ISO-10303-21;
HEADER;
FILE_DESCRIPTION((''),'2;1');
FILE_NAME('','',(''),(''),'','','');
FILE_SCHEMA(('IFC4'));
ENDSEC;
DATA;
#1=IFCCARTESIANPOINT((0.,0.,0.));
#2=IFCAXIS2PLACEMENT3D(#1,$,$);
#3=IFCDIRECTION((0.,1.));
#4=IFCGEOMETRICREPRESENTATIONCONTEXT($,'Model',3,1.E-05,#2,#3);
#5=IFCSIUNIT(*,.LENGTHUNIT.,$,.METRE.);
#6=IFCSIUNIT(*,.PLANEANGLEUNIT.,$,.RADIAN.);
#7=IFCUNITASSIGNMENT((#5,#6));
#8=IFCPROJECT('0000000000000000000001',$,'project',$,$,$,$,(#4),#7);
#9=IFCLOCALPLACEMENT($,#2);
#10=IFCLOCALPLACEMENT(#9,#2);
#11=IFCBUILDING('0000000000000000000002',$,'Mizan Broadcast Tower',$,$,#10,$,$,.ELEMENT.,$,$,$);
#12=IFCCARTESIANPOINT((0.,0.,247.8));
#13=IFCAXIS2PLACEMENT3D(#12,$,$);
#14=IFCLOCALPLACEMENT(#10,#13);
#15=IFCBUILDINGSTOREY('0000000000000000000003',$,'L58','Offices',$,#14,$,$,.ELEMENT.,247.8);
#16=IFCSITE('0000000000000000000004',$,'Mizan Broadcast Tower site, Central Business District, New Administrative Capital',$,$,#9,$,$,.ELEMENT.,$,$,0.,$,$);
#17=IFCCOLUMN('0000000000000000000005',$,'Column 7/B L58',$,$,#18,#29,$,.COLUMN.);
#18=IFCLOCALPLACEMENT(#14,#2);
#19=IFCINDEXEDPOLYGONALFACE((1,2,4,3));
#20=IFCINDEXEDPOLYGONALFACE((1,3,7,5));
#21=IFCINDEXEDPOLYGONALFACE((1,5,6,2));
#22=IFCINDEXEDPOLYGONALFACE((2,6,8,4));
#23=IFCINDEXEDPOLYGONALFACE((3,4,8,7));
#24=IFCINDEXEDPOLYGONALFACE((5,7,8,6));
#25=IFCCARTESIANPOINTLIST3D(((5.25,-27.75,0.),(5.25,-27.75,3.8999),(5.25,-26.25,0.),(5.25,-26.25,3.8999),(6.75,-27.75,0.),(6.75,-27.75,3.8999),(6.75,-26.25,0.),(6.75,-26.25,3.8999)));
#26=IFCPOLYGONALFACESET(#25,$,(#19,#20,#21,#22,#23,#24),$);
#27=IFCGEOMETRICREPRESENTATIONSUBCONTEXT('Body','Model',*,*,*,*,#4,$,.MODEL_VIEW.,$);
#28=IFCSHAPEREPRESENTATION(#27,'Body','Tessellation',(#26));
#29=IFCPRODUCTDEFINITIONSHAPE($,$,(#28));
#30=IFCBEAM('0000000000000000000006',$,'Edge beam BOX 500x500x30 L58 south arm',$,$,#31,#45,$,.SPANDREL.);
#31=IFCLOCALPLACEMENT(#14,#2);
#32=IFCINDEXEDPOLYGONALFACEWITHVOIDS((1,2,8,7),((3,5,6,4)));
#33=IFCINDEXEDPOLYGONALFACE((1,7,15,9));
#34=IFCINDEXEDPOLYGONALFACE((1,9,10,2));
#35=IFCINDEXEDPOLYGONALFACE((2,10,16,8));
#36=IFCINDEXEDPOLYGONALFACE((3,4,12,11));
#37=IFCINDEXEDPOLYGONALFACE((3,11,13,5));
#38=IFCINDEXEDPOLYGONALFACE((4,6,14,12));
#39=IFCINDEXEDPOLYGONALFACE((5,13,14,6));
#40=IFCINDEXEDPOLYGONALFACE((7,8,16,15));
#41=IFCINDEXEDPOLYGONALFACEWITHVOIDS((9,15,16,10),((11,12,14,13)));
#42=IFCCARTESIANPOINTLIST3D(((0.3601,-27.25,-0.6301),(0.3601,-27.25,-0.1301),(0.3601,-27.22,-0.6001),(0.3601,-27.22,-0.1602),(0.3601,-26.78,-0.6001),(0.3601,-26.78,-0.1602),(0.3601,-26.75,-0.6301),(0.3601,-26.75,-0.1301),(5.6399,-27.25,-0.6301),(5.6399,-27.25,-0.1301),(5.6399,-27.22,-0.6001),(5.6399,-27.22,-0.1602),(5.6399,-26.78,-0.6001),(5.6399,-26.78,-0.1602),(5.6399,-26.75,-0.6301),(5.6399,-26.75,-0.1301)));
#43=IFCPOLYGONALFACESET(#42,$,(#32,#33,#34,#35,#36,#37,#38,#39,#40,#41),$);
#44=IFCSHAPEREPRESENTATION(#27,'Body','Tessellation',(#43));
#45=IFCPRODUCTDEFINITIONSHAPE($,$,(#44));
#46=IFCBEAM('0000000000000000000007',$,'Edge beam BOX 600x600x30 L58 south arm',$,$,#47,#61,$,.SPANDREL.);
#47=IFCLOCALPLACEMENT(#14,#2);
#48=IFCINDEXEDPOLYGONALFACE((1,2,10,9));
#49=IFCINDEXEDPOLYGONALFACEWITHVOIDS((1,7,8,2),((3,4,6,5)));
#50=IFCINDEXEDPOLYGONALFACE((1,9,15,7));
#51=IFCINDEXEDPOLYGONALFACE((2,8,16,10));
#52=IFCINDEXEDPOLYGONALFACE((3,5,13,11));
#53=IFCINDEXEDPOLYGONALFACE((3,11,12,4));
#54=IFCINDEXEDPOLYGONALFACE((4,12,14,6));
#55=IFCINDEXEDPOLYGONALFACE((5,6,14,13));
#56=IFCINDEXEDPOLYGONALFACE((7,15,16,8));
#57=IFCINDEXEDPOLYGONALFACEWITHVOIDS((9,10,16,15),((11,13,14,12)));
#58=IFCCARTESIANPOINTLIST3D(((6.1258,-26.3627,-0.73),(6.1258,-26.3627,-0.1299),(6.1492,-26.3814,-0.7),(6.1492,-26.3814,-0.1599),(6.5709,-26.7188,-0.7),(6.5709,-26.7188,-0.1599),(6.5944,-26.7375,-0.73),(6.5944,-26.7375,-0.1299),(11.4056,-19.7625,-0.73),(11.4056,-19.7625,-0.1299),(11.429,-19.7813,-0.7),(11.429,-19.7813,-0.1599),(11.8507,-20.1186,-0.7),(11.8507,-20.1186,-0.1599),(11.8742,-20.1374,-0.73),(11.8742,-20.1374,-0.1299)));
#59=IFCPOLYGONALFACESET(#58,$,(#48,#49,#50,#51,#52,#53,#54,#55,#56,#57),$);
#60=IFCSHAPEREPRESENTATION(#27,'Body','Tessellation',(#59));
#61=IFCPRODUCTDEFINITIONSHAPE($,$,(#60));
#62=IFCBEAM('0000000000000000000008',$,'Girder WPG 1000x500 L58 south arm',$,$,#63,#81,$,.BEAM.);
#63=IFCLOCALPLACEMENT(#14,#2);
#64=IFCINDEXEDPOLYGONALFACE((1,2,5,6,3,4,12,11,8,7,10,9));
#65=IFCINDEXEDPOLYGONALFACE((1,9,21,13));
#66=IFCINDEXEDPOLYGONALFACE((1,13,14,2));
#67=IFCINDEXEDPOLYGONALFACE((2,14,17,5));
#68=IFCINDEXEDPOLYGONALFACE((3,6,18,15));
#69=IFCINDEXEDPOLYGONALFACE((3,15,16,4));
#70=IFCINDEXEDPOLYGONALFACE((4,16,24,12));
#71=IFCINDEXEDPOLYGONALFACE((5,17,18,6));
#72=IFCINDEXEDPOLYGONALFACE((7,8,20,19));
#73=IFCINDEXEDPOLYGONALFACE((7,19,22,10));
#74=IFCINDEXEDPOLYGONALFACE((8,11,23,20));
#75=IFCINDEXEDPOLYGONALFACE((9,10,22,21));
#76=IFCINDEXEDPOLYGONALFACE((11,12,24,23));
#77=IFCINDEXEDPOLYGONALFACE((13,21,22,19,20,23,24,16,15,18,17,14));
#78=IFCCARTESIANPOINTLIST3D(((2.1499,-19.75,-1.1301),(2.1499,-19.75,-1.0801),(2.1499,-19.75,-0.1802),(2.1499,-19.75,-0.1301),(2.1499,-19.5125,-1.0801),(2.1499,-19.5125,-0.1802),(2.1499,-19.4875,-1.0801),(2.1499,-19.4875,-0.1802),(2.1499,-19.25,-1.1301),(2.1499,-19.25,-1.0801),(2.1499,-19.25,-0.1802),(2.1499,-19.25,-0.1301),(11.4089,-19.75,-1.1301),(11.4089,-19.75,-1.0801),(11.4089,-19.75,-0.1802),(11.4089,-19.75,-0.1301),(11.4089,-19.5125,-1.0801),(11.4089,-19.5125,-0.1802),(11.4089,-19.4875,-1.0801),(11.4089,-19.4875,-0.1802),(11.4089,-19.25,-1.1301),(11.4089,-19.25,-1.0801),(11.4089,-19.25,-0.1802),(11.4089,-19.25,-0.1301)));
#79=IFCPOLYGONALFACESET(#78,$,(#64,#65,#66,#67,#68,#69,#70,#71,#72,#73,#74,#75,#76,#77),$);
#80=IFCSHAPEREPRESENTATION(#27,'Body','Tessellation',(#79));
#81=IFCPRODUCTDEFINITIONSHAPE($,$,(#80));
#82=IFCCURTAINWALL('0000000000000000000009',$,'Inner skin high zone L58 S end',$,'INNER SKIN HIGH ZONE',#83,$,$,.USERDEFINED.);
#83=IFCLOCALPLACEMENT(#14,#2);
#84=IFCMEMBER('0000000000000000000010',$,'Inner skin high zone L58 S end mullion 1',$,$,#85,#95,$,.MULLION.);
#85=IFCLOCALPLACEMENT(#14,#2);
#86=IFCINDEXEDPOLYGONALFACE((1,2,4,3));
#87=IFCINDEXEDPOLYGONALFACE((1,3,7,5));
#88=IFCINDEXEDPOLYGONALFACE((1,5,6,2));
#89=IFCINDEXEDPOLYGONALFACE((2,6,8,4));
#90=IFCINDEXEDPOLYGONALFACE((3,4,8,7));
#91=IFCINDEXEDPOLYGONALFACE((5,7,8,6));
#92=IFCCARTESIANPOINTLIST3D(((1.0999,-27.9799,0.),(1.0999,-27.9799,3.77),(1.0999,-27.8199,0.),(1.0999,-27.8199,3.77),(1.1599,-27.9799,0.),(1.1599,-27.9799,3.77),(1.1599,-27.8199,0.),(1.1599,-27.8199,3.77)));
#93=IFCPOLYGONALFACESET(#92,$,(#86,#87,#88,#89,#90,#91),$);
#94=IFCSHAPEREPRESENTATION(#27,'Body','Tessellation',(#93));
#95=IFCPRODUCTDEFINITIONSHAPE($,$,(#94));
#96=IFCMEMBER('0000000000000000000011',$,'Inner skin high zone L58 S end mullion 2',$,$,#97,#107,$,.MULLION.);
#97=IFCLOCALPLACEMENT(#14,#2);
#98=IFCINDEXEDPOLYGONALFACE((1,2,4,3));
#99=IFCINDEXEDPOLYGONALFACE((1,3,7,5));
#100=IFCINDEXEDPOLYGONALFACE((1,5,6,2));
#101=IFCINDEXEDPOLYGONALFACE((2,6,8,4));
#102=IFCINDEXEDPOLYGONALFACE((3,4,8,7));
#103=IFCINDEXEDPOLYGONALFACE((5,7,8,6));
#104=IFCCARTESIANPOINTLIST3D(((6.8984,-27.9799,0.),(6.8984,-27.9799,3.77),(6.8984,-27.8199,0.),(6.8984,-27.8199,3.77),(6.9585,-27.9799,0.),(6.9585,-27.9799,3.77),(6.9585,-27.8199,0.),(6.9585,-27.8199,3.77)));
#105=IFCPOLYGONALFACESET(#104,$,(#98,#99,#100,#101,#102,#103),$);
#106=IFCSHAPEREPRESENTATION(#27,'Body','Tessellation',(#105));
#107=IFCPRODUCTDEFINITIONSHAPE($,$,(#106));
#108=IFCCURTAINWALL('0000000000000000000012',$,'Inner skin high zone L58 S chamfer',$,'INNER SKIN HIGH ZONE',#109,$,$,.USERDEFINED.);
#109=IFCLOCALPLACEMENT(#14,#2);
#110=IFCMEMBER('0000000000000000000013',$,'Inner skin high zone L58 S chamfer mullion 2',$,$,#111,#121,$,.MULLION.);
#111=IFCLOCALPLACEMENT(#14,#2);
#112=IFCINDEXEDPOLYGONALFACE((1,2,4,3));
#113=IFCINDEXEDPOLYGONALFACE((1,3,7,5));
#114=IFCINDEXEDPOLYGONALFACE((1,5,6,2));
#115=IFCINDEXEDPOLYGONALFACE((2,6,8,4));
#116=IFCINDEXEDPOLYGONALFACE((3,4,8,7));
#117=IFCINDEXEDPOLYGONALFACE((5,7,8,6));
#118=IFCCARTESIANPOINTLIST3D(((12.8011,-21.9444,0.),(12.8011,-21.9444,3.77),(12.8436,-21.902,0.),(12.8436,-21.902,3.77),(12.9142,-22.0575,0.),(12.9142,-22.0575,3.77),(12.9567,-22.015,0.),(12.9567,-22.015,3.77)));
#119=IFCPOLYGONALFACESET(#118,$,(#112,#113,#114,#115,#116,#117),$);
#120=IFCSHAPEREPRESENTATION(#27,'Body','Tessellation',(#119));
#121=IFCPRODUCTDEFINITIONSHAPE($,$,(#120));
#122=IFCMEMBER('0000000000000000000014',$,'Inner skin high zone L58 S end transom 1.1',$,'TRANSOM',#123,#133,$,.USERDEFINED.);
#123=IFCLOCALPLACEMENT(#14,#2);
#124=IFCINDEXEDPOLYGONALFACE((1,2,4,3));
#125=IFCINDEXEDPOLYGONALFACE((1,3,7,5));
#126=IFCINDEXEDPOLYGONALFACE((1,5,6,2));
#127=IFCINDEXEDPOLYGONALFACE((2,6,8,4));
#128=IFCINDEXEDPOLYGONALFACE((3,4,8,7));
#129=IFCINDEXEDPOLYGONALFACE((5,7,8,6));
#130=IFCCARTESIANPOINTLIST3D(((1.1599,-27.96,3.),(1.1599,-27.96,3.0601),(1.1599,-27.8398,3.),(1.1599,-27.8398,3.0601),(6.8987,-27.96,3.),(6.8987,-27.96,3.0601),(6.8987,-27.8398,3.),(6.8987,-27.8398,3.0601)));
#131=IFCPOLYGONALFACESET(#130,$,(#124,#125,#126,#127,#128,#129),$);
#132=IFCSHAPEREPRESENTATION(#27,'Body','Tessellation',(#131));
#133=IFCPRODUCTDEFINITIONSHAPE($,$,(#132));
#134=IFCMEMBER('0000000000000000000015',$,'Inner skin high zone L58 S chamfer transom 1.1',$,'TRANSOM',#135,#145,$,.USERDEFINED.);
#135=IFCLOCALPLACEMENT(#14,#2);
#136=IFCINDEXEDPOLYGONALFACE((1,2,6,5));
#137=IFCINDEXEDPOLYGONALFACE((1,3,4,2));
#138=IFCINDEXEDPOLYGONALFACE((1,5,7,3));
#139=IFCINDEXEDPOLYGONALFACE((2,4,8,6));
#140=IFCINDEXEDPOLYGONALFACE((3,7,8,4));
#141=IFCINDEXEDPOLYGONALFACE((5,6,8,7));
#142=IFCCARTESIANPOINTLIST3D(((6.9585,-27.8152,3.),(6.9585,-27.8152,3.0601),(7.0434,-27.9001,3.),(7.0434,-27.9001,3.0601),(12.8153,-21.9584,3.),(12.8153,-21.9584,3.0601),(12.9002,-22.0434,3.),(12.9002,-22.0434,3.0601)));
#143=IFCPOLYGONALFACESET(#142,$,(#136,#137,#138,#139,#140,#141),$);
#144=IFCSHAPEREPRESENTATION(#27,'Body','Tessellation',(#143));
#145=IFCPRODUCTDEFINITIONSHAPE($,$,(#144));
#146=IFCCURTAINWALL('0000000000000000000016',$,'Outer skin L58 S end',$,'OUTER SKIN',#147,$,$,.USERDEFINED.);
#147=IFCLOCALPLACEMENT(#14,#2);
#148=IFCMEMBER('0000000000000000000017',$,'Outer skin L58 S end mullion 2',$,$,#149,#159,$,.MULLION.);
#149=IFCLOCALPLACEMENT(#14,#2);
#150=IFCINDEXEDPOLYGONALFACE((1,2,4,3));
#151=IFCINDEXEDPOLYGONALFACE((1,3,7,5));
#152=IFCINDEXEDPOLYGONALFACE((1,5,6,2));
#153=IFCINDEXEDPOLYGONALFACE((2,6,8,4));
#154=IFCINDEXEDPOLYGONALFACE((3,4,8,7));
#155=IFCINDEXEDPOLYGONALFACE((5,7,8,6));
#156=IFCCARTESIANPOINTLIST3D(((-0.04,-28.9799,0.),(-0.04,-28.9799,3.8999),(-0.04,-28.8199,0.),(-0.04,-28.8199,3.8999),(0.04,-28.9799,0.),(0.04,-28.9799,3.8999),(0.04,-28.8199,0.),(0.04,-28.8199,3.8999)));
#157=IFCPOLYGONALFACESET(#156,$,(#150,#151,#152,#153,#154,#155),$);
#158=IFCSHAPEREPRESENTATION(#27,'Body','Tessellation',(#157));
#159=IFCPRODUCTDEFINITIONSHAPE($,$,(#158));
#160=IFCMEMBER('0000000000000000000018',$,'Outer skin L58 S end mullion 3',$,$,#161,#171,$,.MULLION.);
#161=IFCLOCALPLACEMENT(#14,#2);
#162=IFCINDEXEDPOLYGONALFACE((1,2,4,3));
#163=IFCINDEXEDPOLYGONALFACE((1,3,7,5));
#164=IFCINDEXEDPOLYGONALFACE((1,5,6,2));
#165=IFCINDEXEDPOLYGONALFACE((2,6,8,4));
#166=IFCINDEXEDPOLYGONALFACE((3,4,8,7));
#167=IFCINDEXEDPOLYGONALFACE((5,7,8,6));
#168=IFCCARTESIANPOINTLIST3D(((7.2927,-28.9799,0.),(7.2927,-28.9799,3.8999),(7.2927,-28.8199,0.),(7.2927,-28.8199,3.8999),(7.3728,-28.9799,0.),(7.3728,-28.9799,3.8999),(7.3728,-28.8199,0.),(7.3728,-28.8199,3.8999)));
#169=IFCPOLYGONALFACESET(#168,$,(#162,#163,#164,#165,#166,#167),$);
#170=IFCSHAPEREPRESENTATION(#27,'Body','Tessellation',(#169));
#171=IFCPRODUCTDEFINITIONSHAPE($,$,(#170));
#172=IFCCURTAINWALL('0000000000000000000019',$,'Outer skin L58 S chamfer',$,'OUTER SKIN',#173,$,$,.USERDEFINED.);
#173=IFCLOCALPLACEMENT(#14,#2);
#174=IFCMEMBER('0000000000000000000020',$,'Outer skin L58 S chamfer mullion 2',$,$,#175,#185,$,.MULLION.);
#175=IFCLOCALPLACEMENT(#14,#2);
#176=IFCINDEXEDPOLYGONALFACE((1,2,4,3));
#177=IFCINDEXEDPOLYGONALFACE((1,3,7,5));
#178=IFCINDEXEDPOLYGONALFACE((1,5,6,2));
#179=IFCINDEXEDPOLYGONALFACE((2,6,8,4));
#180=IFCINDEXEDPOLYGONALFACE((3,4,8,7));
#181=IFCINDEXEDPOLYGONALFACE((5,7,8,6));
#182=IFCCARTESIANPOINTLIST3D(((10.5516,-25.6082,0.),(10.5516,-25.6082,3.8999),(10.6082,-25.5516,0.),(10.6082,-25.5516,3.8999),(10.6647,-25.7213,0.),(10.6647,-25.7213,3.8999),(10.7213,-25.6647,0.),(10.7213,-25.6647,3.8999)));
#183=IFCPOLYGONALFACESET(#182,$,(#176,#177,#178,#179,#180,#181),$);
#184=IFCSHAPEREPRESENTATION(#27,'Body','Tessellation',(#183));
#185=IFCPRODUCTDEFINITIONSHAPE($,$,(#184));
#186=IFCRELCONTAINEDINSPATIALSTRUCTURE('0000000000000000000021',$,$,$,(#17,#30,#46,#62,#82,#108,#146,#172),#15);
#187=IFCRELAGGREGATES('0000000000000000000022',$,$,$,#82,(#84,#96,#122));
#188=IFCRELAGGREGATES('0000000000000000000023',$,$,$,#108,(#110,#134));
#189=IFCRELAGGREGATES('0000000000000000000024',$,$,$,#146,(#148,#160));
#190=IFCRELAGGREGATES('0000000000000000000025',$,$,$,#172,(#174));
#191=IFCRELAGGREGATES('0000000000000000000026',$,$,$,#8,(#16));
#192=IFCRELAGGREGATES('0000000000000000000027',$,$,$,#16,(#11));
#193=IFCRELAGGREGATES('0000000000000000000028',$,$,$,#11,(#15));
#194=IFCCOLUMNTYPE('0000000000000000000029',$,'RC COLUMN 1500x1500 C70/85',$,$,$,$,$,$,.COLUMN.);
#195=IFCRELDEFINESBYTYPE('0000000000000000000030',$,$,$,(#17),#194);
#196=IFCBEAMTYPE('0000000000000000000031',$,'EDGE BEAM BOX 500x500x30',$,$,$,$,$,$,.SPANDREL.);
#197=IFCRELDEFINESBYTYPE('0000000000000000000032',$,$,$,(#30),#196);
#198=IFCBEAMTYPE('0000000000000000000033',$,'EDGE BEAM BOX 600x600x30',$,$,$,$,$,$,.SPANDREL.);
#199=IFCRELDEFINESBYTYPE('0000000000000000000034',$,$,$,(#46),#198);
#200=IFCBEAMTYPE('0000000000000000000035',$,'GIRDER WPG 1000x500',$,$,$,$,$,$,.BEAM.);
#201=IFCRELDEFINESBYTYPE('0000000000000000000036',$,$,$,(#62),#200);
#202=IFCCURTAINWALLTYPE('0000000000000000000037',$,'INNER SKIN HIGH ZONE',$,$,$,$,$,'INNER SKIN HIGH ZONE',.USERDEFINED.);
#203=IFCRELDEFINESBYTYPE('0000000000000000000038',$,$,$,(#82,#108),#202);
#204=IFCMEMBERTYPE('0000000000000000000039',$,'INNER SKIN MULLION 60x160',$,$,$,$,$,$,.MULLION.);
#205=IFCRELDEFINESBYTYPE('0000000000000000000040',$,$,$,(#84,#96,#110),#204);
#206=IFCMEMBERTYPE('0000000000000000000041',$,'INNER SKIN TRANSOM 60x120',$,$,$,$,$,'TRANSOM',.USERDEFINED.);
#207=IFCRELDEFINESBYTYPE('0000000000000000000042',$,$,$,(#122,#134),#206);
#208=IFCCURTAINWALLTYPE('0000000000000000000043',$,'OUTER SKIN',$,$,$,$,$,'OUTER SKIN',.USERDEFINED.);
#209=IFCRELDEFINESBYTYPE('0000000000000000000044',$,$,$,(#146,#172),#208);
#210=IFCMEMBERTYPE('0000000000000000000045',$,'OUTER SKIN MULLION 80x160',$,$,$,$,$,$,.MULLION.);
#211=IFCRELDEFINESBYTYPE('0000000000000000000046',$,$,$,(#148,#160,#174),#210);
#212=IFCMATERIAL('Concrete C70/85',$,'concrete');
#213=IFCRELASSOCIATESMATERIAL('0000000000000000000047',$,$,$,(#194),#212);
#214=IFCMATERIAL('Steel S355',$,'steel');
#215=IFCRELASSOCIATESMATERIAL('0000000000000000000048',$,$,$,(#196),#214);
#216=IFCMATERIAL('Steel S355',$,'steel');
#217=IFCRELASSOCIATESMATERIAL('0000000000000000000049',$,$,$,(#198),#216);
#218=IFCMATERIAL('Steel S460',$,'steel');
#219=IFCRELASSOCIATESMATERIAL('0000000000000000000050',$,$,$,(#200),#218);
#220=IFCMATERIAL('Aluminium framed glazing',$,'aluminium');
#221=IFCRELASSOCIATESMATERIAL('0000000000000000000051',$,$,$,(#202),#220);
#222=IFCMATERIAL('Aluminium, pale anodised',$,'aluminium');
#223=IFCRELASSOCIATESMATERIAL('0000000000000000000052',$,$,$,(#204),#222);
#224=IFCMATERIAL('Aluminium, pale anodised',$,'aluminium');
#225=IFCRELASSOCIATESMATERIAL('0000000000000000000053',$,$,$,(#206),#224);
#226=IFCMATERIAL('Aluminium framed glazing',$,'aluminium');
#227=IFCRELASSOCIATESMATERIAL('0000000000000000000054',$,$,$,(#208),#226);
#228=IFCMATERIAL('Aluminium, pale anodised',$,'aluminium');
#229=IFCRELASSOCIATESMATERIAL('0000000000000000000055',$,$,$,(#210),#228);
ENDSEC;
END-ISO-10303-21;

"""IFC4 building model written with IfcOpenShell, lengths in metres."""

from ifc_helpers import new_model, si_unit, direction, frame, origin, origin_2d, place, context, subcontext, project, spatial, rectangle, hollow_rectangle, i_section, extrude, material, material_profile, profile_set, type_object, element, aggregate, save


model = new_model("IFC4")

# Units and contexts
model_context = context("Model", 3, precision=1e-05, world=origin(), true_north=direction((0.0, 1.0)))
body_context = subcontext(model_context, "Body", "Model", "MODEL_VIEW")
ifc_project = project(units=[si_unit("LENGTHUNIT", "METRE"), si_unit("PLANEANGLEUNIT", "RADIAN")], contexts=[model_context])

# Site, building, storey
site_placement = place(None, origin())
site = spatial("IfcSite", under=ifc_project, at=site_placement, Name="Mizan Broadcast Tower site, Central Business District, New Administrative Capital", CompositionType="ELEMENT", RefElevation=0.0)
building_placement = place(site_placement, origin())
building = spatial("IfcBuilding", under=site, at=building_placement, Name="Mizan Broadcast Tower", CompositionType="ELEMENT")
storey_placement = place(building_placement, frame((0.0, 0.0, 247.8)))
storey = spatial("IfcBuildingStorey", under=building, at=storey_placement, Name="L58", Description="Offices", CompositionType="ELEMENT", Elevation=247.8)

# Column
ifc_material_1 = material(Name="Concrete C70/85", Category="concrete")
ifc_material_profile_1 = material_profile(ifc_material_1, rectangle(XDim=1.5, YDim=1.5, at=origin_2d()), Name="RC 1500x1500")
ifc_profile_set_1 = profile_set([ifc_material_profile_1], Name="Concrete C70/85")
column_type = type_object("IfcColumnType", Name="RC COLUMN 1500x1500 C70/85", PredefinedType="COLUMN", material=ifc_profile_set_1)
column_placement = place(storey_placement, frame((6.0, -27.0, 0.0), z_axis=(0.0, 0.0, 1.0), x_axis=(1.0, 0.0, 0.0)))
element("IfcColumn", 1, at=column_placement, inside=storey, type_object=column_type, Name="Column 7/B L58", PredefinedType="COLUMN", context=body_context, shape_type="SweptSolid", body=[
    extrude(rectangle(XDim=1.5, YDim=1.5, at=origin_2d()), origin(), (0.0, 0.0, 1.0), 3.8999),
])

# Beams
ifc_material_2 = material(Name="Steel S355", Category="steel")
ifc_material_profile_2 = material_profile(ifc_material_2, hollow_rectangle(XDim=0.5, YDim=0.5, WallThickness=0.03, at=origin_2d()), Name="BOX 500x500x30")
ifc_profile_set_2 = profile_set([ifc_material_profile_2], Name="Steel S355")
beam_type_1 = type_object("IfcBeamType", Name="EDGE BEAM BOX 500x500x30", PredefinedType="SPANDREL", material=ifc_profile_set_2)
beam_1_placement = place(storey_placement, frame((5.6399, -27.0, -0.3801), z_axis=(-1.0, 0.0, 0.0), x_axis=(0.0, -1.0, 0.0)))
element("IfcBeam", 2, at=beam_1_placement, inside=storey, type_object=beam_type_1, Name="Edge beam BOX 500x500x30 L58 south arm", PredefinedType="SPANDREL", context=body_context, shape_type="SweptSolid", body=[
    extrude(hollow_rectangle(XDim=0.5, YDim=0.5, WallThickness=0.03, at=origin_2d()), origin(), (0.0, 0.0, 1.0), 5.2798),
])
ifc_material_3 = material(Name="Steel S355", Category="steel")
ifc_material_profile_3 = material_profile(ifc_material_3, hollow_rectangle(XDim=0.6001, YDim=0.6001, WallThickness=0.03, at=origin_2d()), Name="BOX 600x600x30")
ifc_profile_set_3 = profile_set([ifc_material_profile_3], Name="Steel S355")
beam_type_2 = type_object("IfcBeamType", Name="EDGE BEAM BOX 600x600x30", PredefinedType="SPANDREL", material=ifc_profile_set_3)
beam_2_placement = place(storey_placement, frame((11.6399, -19.95, -0.4299), z_axis=(-0.624674, -0.780886, 0.0), x_axis=(0.780886, -0.624674, 0.0)))
element("IfcBeam", 3, at=beam_2_placement, inside=storey, type_object=beam_type_2, Name="Edge beam BOX 600x600x30 L58 south arm", PredefinedType="SPANDREL", context=body_context, shape_type="SweptSolid", body=[
    extrude(hollow_rectangle(XDim=0.6001, YDim=0.6001, WallThickness=0.03, at=origin_2d()), origin(), (0.0, 0.0, 1.0), 8.4521),
])
ifc_material_4 = material(Name="Steel S460", Category="steel")
ifc_material_profile_4 = material_profile(ifc_material_4, i_section(OverallWidth=0.5, OverallDepth=1.0, WebThickness=0.0249, FlangeThickness=0.05, at=origin_2d()), Name="WPG 1000x500")
ifc_profile_set_4 = profile_set([ifc_material_profile_4], Name="Steel S460")
beam_type_3 = type_object("IfcBeamType", Name="GIRDER WPG 1000x500", PredefinedType="BEAM", material=ifc_profile_set_4)
beam_3_placement = place(storey_placement, frame((11.4089, -19.5, -0.6301), z_axis=(-1.0, 0.0, 0.0), x_axis=(0.0, -1.0, 0.0)))
element("IfcBeam", 4, at=beam_3_placement, inside=storey, type_object=beam_type_3, Name="Girder WPG 1000x500 L58 south arm", PredefinedType="BEAM", context=body_context, shape_type="SweptSolid", body=[
    extrude(i_section(OverallWidth=0.5, OverallDepth=1.0, WebThickness=0.0249, FlangeThickness=0.05, at=origin_2d()), origin(), (0.0, 0.0, 1.0), 9.259),
])

# Curtain wall, members
ifc_material_5 = material(Name="Aluminium framed glazing", Category="aluminium")
curtain_wall_type_1 = type_object("IfcCurtainWallType", Name="INNER SKIN HIGH ZONE", ElementType="INNER SKIN HIGH ZONE", PredefinedType="USERDEFINED", material=ifc_material_5)
curtain_wall_1_placement = place(storey_placement, origin())
curtain_wall_1 = element("IfcCurtainWall", 5, at=curtain_wall_1_placement, inside=storey, type_object=curtain_wall_type_1, Name="Inner skin high zone L58 S end", ObjectType="INNER SKIN HIGH ZONE", PredefinedType="USERDEFINED")
ifc_material_6 = material(Name="Aluminium, pale anodised", Category="aluminium")
ifc_material_profile_5 = material_profile(ifc_material_6, rectangle(XDim=0.1599, YDim=0.0601, at=origin_2d()), Name="MULLION 160x60")
ifc_profile_set_5 = profile_set([ifc_material_profile_5], Name="Aluminium, pale anodised")
member_type_1 = type_object("IfcMemberType", Name="INNER SKIN MULLION 60x160", PredefinedType="MULLION", material=ifc_profile_set_5)
member_1_placement = place(storey_placement, frame((1.1299, -27.8999, 0.0), z_axis=(0.0, 0.0, 1.0), x_axis=(0.0, 1.0, 0.0)))
member_1 = element("IfcMember", 6, at=member_1_placement, type_object=member_type_1, Name="Inner skin high zone L58 S end mullion 1", PredefinedType="MULLION", context=body_context, shape_type="SweptSolid", body=[
    extrude(rectangle(XDim=0.1599, YDim=0.0601, at=origin_2d()), origin(), (0.0, 0.0, 1.0), 3.77),
])
member_2_placement = place(storey_placement, frame((6.9285, -27.8999, 0.0), z_axis=(0.0, 0.0, 1.0), x_axis=(0.0, 1.0, 0.0)))
member_2 = element("IfcMember", 7, at=member_2_placement, type_object=member_type_1, Name="Inner skin high zone L58 S end mullion 2", PredefinedType="MULLION", context=body_context, shape_type="SweptSolid", body=[
    extrude(rectangle(XDim=0.1599, YDim=0.0601, at=origin_2d()), origin(), (0.0, 0.0, 1.0), 3.77),
])

# Curtain wall, member
curtain_wall_2_placement = place(storey_placement, origin())
curtain_wall_2 = element("IfcCurtainWall", 8, at=curtain_wall_2_placement, inside=storey, type_object=curtain_wall_type_1, Name="Inner skin high zone L58 S chamfer", ObjectType="INNER SKIN HIGH ZONE", PredefinedType="USERDEFINED")
member_3_placement = place(storey_placement, frame((12.8789, -21.9797, 0.0), z_axis=(0.0, 0.0, 1.0), x_axis=(-0.707107, 0.707107, 0.0)))
member_3 = element("IfcMember", 9, at=member_3_placement, type_object=member_type_1, Name="Inner skin high zone L58 S chamfer mullion 2", PredefinedType="MULLION", context=body_context, shape_type="SweptSolid", body=[
    extrude(rectangle(XDim=0.1599, YDim=0.0601, at=origin_2d()), origin(), (0.0, 0.0, 1.0), 3.77),
])

# Members
ifc_material_7 = material(Name="Aluminium, pale anodised", Category="aluminium")
ifc_material_profile_6 = material_profile(ifc_material_7, rectangle(XDim=0.1201, YDim=0.0601, at=origin_2d()), Name="TRANSOM 120x60")
ifc_profile_set_6 = profile_set([ifc_material_profile_6], Name="Aluminium, pale anodised")
member_type_2 = type_object("IfcMemberType", Name="INNER SKIN TRANSOM 60x120", ElementType="TRANSOM", PredefinedType="USERDEFINED", material=ifc_profile_set_6)
member_4_placement = place(storey_placement, frame((1.1599, -27.8999, 3.03), z_axis=(1.0, 0.0, 0.0), x_axis=(0.0, 1.0, 0.0)))
member_4 = element("IfcMember", 10, at=member_4_placement, type_object=member_type_2, Name="Inner skin high zone L58 S end transom 1.1", ObjectType="TRANSOM", PredefinedType="USERDEFINED", context=body_context, shape_type="SweptSolid", body=[
    extrude(rectangle(XDim=0.1201, YDim=0.0601, at=origin_2d()), origin(), (0.0, 0.0, 1.0), 5.7388),
])
member_5_placement = place(storey_placement, frame((7.001, -27.8577, 3.03), z_axis=(0.707107, 0.707107, 0.0), x_axis=(-0.707107, 0.707107, 0.0)))
member_5 = element("IfcMember", 11, at=member_5_placement, type_object=member_type_2, Name="Inner skin high zone L58 S chamfer transom 1.1", ObjectType="TRANSOM", PredefinedType="USERDEFINED", context=body_context, shape_type="SweptSolid", body=[
    extrude(rectangle(XDim=0.1201, YDim=0.0601, at=origin_2d()), origin(), (0.0, 0.0, 1.0), 8.2827),
])

# Curtain wall, members
ifc_material_8 = material(Name="Aluminium framed glazing", Category="aluminium")
curtain_wall_type_2 = type_object("IfcCurtainWallType", Name="OUTER SKIN", ElementType="OUTER SKIN", PredefinedType="USERDEFINED", material=ifc_material_8)
curtain_wall_3_placement = place(storey_placement, origin())
curtain_wall_3 = element("IfcCurtainWall", 12, at=curtain_wall_3_placement, inside=storey, type_object=curtain_wall_type_2, Name="Outer skin L58 S end", ObjectType="OUTER SKIN", PredefinedType="USERDEFINED")
ifc_material_9 = material(Name="Aluminium, pale anodised", Category="aluminium")
ifc_material_profile_7 = material_profile(ifc_material_9, rectangle(XDim=0.1599, YDim=0.0801, at=origin_2d()), Name="MULLION 160x80")
ifc_profile_set_7 = profile_set([ifc_material_profile_7], Name="Aluminium, pale anodised")
member_type_3 = type_object("IfcMemberType", Name="OUTER SKIN MULLION 80x160", PredefinedType="MULLION", material=ifc_profile_set_7)
member_6_placement = place(storey_placement, frame((0.0, -28.8999, 0.0), z_axis=(0.0, 0.0, 1.0), x_axis=(0.0, 1.0, 0.0)))
member_6 = element("IfcMember", 13, at=member_6_placement, type_object=member_type_3, Name="Outer skin L58 S end mullion 2", PredefinedType="MULLION", context=body_context, shape_type="SweptSolid", body=[
    extrude(rectangle(XDim=0.1599, YDim=0.0801, at=origin_2d()), origin(), (0.0, 0.0, 1.0), 3.8999),
])
member_7_placement = place(storey_placement, frame((7.3328, -28.8999, 0.0), z_axis=(0.0, 0.0, 1.0), x_axis=(0.0, 1.0, 0.0)))
member_7 = element("IfcMember", 14, at=member_7_placement, type_object=member_type_3, Name="Outer skin L58 S end mullion 3", PredefinedType="MULLION", context=body_context, shape_type="SweptSolid", body=[
    extrude(rectangle(XDim=0.1599, YDim=0.0801, at=origin_2d()), origin(), (0.0, 0.0, 1.0), 3.8999),
])

# Curtain wall, member
curtain_wall_4_placement = place(storey_placement, origin())
curtain_wall_4 = element("IfcCurtainWall", 15, at=curtain_wall_4_placement, inside=storey, type_object=curtain_wall_type_2, Name="Outer skin L58 S chamfer", ObjectType="OUTER SKIN", PredefinedType="USERDEFINED")
member_8_placement = place(storey_placement, frame((10.6365, -25.6365, 0.0), z_axis=(0.0, 0.0, 1.0), x_axis=(-0.707107, 0.707107, 0.0)))
member_8 = element("IfcMember", 16, at=member_8_placement, type_object=member_type_3, Name="Outer skin L58 S chamfer mullion 2", PredefinedType="MULLION", context=body_context, shape_type="SweptSolid", body=[
    extrude(rectangle(XDim=0.1599, YDim=0.0801, at=origin_2d()), origin(), (0.0, 0.0, 1.0), 3.8999),
])

aggregate(curtain_wall_1, [member_1, member_2, member_4])
aggregate(curtain_wall_2, [member_3, member_5])
aggregate(curtain_wall_3, [member_6, member_7])
aggregate(curtain_wall_4, [member_8])

save(model, "model.ifc")
